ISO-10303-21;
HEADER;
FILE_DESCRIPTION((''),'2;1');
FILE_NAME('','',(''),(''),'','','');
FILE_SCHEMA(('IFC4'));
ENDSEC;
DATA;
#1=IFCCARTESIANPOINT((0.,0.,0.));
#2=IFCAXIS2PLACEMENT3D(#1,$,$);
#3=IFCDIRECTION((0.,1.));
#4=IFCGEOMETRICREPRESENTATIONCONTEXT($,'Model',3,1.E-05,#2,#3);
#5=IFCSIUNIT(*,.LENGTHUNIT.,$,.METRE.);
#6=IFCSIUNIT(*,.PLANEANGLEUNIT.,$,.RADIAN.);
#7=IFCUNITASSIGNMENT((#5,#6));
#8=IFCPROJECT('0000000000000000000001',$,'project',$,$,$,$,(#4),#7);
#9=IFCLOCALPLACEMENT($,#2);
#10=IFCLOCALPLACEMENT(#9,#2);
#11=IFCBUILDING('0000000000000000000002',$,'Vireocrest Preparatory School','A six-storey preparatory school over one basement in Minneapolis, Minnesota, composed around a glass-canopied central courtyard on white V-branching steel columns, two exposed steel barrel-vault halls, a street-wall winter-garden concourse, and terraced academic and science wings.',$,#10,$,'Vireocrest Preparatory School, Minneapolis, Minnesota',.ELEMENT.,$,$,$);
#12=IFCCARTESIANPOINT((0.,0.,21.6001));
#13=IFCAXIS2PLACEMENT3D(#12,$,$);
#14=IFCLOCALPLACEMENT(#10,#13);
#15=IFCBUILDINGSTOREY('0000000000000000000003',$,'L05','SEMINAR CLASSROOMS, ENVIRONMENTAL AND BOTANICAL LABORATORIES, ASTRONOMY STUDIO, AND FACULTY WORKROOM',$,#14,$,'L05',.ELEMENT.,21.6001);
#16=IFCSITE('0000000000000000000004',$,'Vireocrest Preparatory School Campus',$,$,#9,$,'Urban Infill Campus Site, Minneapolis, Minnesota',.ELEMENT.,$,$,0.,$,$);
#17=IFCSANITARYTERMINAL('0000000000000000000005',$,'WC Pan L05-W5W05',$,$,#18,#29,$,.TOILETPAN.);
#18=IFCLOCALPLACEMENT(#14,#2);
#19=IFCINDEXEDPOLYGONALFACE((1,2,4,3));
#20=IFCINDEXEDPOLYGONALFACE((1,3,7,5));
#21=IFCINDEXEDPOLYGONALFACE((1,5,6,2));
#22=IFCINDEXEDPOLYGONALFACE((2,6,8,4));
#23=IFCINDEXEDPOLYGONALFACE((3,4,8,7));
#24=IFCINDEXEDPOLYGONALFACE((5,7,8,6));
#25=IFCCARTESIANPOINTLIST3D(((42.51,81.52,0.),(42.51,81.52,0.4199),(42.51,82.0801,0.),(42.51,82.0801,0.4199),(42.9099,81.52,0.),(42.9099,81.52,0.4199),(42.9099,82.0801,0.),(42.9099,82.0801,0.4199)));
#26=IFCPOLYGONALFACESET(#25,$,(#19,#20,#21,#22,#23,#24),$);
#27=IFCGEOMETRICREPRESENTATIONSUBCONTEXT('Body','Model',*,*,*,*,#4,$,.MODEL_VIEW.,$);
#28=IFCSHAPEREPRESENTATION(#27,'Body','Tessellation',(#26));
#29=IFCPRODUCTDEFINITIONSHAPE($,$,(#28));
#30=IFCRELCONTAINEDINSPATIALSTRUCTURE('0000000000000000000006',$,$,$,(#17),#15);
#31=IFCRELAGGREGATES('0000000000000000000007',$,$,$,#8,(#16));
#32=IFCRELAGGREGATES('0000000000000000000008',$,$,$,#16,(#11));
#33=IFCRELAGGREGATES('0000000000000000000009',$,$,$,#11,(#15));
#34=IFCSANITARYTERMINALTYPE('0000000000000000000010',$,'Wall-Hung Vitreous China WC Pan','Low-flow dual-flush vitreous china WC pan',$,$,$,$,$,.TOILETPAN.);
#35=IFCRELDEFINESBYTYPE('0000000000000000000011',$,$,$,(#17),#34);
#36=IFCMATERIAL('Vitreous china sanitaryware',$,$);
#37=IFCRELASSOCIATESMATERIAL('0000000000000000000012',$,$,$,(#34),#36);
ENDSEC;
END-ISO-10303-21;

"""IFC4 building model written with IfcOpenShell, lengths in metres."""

from ifc_helpers import new_model, si_unit, direction, frame, origin, origin_2d, place, context, subcontext, project, spatial, rectangle, extrude, material, type_object, element, save


model = new_model("IFC4")

# Units and contexts
model_context = context("Model", 3, precision=1e-05, world=origin(), true_north=direction((0.0, 1.0)))
body_context = subcontext(model_context, "Body", "Model", "MODEL_VIEW")
ifc_project = project(units=[si_unit("LENGTHUNIT", "METRE"), si_unit("PLANEANGLEUNIT", "RADIAN")], contexts=[model_context])

# Site, building, storey
site_placement = place(None, origin())
site = spatial("IfcSite", under=ifc_project, at=site_placement, Name="Vireocrest Preparatory School Campus", LongName="Urban Infill Campus Site, Minneapolis, Minnesota", CompositionType="ELEMENT", RefElevation=0.0)
building_placement = place(site_placement, origin())
building = spatial("IfcBuilding", under=site, at=building_placement, Name="Vireocrest Preparatory School", Description="A six-storey preparatory school over one basement in Minneapolis, Minnesota, composed around a glass-canopied central courtyard on white V-branching steel columns, two exposed steel barrel-vault halls, a street-wall winter-garden concourse, and terraced academic and science wings.", LongName="Vireocrest Preparatory School, Minneapolis, Minnesota", CompositionType="ELEMENT")
storey_placement = place(building_placement, frame((0.0, 0.0, 21.6001)))
storey = spatial("IfcBuildingStorey", under=building, at=storey_placement, Name="L05", Description="SEMINAR CLASSROOMS, ENVIRONMENTAL AND BOTANICAL LABORATORIES, ASTRONOMY STUDIO, AND FACULTY WORKROOM", LongName="L05", CompositionType="ELEMENT", Elevation=21.6001)

# Sanitary terminal
ifc_material_1 = material(Name="Vitreous china sanitaryware")
sanitary_terminal_type_1 = type_object("IfcSanitaryTerminalType", Name="Wall-Hung Vitreous China WC Pan", Description="Low-flow dual-flush vitreous china WC pan", PredefinedType="TOILETPAN", material=ifc_material_1)
sanitary_terminal_1_placement = place(storey_placement, frame((42.71, 81.8, 0.0), z_axis=(0.0, 0.0, 1.0), x_axis=(1.0, 0.0, 0.0)))
element("IfcSanitaryTerminal", 1, at=sanitary_terminal_1_placement, inside=storey, type_object=sanitary_terminal_type_1, Name="WC Pan L05-W5W05", PredefinedType="TOILETPAN", context=body_context, shape_type="SweptSolid", body=[
    extrude(rectangle(XDim=0.3999, YDim=0.5601, at=origin_2d()), origin(), (0.0, 0.0, 1.0), 0.4199),
])

save(model, "model.ifc")
